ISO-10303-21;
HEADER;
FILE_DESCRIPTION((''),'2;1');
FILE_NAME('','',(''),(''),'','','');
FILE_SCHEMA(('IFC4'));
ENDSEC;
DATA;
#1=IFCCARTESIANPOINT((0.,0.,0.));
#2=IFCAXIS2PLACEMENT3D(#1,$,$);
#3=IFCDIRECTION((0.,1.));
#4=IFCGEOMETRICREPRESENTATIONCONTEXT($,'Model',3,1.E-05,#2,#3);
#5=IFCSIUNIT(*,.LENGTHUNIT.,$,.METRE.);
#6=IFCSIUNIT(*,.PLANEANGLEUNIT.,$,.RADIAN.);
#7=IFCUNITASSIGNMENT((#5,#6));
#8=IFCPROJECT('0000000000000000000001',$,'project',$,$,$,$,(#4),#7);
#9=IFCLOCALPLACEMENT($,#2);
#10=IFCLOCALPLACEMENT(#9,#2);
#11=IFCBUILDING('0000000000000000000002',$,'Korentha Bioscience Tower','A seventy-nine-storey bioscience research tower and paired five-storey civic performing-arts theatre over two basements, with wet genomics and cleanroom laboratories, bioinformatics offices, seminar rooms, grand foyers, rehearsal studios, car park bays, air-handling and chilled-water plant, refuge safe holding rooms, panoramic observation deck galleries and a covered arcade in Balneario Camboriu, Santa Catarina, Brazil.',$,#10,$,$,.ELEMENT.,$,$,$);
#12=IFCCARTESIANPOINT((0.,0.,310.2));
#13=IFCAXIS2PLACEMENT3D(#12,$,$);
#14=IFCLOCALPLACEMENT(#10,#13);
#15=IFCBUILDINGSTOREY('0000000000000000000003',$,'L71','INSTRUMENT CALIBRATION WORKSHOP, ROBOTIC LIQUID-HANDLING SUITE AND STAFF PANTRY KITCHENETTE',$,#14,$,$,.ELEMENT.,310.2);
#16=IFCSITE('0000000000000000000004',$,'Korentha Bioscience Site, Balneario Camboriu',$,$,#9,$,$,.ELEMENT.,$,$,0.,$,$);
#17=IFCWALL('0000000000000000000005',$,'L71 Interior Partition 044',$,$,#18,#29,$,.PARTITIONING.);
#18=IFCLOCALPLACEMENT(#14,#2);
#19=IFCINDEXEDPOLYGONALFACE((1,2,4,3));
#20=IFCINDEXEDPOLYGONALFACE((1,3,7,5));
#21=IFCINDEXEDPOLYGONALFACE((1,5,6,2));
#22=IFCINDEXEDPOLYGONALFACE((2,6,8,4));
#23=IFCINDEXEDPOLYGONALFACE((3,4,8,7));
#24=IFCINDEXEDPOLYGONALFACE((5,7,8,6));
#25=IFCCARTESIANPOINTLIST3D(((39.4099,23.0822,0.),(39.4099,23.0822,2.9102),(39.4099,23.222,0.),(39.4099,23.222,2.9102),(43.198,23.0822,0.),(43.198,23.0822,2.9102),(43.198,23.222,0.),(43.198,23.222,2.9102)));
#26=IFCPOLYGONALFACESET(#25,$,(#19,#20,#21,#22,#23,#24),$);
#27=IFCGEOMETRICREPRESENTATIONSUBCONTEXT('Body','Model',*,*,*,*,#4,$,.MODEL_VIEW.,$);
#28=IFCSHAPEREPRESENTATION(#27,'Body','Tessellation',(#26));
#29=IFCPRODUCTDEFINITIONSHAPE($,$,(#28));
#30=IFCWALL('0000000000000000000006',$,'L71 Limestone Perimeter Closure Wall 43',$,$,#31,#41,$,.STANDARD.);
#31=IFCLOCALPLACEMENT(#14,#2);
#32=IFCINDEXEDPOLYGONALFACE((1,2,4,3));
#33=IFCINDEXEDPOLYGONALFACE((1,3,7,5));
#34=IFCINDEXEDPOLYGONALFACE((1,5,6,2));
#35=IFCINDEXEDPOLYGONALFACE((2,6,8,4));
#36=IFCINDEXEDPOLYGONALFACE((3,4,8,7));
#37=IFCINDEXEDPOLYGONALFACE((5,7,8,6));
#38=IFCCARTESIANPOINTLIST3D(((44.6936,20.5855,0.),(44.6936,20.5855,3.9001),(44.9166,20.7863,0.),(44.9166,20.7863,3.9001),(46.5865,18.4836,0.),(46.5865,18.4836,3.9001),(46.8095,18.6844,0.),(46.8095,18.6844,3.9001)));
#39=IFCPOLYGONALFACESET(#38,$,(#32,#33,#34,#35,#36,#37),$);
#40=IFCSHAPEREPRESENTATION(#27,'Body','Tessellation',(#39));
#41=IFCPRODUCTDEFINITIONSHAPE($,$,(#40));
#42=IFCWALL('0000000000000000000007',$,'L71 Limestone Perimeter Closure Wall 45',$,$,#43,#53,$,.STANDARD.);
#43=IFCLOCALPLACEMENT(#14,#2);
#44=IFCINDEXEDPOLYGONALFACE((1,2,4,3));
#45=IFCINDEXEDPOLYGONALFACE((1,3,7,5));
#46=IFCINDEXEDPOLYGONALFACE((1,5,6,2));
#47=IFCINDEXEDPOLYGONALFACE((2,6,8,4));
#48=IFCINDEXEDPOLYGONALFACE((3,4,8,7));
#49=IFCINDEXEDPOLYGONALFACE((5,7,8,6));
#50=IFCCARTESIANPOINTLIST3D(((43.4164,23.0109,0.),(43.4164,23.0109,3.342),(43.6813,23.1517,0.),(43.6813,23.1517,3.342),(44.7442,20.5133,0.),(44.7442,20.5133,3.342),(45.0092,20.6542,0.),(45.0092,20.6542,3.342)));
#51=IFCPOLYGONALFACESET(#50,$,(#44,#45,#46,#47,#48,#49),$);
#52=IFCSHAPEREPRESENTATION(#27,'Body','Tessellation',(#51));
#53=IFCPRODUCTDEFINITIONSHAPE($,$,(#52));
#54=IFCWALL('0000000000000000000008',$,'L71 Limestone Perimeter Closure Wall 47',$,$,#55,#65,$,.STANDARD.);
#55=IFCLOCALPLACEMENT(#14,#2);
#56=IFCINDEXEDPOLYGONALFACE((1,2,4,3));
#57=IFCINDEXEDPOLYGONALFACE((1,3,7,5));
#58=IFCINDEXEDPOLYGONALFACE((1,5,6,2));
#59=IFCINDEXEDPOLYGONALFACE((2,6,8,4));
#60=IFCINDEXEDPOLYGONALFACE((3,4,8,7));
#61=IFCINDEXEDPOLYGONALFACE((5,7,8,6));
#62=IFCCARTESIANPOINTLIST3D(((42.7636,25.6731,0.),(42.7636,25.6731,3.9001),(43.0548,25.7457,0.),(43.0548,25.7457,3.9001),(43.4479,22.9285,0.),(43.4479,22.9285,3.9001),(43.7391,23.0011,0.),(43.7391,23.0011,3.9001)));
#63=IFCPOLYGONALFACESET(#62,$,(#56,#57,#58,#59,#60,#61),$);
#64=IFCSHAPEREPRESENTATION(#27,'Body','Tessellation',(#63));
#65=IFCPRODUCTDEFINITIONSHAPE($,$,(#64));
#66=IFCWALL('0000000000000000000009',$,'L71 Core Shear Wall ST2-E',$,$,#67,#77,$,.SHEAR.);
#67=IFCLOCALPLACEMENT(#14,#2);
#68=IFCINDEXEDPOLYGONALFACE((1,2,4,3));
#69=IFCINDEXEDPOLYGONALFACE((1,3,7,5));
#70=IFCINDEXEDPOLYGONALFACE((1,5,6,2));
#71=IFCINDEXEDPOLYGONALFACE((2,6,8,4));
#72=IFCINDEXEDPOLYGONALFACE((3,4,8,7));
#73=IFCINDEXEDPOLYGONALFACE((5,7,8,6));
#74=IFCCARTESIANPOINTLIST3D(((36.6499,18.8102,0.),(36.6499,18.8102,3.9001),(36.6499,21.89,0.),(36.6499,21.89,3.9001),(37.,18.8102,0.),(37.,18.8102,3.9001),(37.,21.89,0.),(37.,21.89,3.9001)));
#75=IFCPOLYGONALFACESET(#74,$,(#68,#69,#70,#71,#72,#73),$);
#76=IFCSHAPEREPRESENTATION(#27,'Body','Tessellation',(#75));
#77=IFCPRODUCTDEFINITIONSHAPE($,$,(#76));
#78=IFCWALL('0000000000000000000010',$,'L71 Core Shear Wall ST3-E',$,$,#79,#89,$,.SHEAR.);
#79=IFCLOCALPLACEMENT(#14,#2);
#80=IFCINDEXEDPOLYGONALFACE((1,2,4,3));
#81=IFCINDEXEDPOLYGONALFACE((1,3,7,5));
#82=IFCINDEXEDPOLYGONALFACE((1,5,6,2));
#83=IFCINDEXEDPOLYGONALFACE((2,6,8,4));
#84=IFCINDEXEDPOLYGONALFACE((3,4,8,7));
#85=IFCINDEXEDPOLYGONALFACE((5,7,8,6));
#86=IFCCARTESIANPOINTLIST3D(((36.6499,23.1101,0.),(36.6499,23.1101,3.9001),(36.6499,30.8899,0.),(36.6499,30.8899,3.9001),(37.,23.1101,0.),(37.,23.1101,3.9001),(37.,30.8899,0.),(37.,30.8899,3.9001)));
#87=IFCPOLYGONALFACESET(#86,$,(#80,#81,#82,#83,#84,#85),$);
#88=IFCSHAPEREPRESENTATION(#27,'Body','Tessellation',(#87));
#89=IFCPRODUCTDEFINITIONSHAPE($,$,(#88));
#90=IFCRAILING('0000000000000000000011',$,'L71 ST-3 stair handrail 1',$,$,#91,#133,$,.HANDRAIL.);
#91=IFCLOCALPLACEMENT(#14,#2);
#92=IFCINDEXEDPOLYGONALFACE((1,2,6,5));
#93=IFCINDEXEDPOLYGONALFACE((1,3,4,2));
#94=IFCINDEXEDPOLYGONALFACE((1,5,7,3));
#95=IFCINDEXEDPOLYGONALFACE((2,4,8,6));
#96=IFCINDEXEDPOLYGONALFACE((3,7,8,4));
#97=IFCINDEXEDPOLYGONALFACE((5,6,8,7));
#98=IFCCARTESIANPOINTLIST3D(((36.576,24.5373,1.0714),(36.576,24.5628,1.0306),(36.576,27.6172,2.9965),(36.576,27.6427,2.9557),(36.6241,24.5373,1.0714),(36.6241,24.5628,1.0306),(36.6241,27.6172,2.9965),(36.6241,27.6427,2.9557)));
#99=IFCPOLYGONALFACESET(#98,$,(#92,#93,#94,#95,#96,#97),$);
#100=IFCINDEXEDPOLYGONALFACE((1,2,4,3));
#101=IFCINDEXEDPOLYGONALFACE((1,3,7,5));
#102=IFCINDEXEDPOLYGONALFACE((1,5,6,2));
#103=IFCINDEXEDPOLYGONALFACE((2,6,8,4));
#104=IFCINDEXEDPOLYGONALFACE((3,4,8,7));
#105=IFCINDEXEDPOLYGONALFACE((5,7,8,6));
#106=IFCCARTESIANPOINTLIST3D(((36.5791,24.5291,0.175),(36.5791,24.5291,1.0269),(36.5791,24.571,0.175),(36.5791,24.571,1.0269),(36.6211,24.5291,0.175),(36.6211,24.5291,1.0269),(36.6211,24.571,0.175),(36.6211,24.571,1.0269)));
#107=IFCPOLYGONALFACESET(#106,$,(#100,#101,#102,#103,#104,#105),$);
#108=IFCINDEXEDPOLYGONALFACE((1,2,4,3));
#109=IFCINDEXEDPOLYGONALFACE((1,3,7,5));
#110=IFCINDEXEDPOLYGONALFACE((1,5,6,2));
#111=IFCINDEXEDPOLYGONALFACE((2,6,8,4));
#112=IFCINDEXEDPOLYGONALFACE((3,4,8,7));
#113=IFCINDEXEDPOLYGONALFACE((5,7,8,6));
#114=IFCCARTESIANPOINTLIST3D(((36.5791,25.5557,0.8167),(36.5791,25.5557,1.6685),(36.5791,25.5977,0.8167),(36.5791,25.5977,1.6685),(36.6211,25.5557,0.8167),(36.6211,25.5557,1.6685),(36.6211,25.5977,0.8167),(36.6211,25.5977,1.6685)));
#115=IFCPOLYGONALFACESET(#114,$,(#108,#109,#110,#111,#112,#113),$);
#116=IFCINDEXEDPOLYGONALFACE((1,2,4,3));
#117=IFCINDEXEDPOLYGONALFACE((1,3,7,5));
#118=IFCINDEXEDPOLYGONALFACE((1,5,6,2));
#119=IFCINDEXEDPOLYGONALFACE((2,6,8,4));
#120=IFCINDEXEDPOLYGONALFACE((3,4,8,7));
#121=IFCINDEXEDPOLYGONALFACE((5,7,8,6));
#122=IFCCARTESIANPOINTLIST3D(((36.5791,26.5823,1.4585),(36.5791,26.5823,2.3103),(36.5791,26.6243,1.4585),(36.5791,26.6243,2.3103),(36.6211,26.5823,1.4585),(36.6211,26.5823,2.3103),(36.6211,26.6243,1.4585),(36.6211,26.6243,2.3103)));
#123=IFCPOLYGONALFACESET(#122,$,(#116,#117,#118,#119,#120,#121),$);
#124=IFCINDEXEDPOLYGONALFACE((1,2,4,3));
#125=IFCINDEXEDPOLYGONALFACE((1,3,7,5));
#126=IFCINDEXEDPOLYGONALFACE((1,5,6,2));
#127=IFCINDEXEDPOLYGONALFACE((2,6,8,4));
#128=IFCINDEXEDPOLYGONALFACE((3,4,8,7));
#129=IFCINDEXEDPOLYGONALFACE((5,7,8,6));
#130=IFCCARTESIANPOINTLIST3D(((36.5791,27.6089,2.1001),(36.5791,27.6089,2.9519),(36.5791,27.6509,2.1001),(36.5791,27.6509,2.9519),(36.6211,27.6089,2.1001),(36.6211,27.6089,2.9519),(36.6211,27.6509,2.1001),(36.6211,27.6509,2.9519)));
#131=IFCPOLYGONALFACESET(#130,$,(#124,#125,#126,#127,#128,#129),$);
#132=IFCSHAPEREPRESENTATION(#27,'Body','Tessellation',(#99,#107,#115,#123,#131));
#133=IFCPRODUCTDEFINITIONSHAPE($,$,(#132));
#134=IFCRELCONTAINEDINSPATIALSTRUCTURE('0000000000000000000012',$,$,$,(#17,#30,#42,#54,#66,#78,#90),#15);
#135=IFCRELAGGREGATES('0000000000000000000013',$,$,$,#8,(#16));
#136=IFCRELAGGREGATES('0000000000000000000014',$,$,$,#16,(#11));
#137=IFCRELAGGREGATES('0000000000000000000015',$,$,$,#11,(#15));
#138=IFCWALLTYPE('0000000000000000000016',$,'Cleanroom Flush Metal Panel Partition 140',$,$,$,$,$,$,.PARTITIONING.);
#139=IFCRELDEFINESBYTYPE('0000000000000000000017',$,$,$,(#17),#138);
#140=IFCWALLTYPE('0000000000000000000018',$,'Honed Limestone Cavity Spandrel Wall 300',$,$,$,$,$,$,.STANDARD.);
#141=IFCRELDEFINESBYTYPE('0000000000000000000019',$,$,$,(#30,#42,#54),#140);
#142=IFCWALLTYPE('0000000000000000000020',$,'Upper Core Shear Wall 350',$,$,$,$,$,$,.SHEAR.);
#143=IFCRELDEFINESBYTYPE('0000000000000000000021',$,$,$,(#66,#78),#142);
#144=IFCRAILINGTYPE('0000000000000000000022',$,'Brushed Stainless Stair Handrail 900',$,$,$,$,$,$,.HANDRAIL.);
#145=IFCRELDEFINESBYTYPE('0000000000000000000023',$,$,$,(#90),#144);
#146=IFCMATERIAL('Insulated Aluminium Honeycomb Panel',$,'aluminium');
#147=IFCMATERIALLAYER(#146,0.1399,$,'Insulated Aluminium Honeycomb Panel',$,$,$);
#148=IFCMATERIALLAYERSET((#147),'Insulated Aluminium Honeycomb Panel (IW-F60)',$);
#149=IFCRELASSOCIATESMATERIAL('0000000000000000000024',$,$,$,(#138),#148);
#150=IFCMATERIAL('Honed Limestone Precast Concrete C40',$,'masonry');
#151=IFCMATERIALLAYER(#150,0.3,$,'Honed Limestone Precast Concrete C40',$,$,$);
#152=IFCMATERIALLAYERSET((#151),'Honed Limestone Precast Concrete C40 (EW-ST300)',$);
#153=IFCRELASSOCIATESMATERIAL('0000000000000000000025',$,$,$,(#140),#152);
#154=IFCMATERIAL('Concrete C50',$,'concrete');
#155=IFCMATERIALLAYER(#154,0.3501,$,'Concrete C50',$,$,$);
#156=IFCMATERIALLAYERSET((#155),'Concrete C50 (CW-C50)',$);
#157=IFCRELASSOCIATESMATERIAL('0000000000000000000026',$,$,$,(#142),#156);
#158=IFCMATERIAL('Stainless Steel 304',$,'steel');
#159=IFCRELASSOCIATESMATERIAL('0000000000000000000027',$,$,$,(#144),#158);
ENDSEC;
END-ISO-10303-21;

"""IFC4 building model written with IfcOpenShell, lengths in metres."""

from ifc_helpers import new_model, si_unit, direction, frame, frame_2d, origin, origin_2d, place, context, subcontext, project, spatial, rectangle, extrude, material, layer, layer_set, type_object, element, save


model = new_model("IFC4")

# Units and contexts
model_context = context("Model", 3, precision=1e-05, world=origin(), true_north=direction((0.0, 1.0)))
body_context = subcontext(model_context, "Body", "Model", "MODEL_VIEW")
ifc_project = project(units=[si_unit("LENGTHUNIT", "METRE"), si_unit("PLANEANGLEUNIT", "RADIAN")], contexts=[model_context])

# Site, building, storey
site_placement = place(None, origin())
site = spatial("IfcSite", under=ifc_project, at=site_placement, Name="Korentha Bioscience Site, Balneario Camboriu", CompositionType="ELEMENT", RefElevation=0.0)
building_placement = place(site_placement, origin())
building = spatial("IfcBuilding", under=site, at=building_placement, Name="Korentha Bioscience Tower", Description="A seventy-nine-storey bioscience research tower and paired five-storey civic performing-arts theatre over two basements, with wet genomics and cleanroom laboratories, bioinformatics offices, seminar rooms, grand foyers, rehearsal studios, car park bays, air-handling and chilled-water plant, refuge safe holding rooms, panoramic observation deck galleries and a covered arcade in Balneario Camboriu, Santa Catarina, Brazil.", CompositionType="ELEMENT")
storey_placement = place(building_placement, frame((0.0, 0.0, 310.2)))
storey = spatial("IfcBuildingStorey", under=building, at=storey_placement, Name="L71", Description="INSTRUMENT CALIBRATION WORKSHOP, ROBOTIC LIQUID-HANDLING SUITE AND STAFF PANTRY KITCHENETTE", CompositionType="ELEMENT", Elevation=310.2)

# Shared definitions
ifc_material_1 = material(Name="Concrete C50", Category="concrete")

# Shared definitions
ifc_material_2 = material(Name="Insulated Aluminium Honeycomb Panel", Category="aluminium")
ifc_layer_1 = layer(ifc_material_2, 0.1399, Name="Insulated Aluminium Honeycomb Panel")
ifc_layer_set_1 = layer_set([ifc_layer_1], Name="Insulated Aluminium Honeycomb Panel (IW-F60)")
wall_type_1 = type_object("IfcWallType", Name="Cleanroom Flush Metal Panel Partition 140", PredefinedType="PARTITIONING", material=ifc_layer_set_1)

# Walls
wall_1_placement = place(storey_placement, frame((43.198, 23.1521, 0.0), z_axis=(0.0, 0.0, 1.0), x_axis=(-1.0, 0.0, 0.0)))
element("IfcWall", 1, at=wall_1_placement, inside=storey, type_object=wall_type_1, Name="L71 Interior Partition 044", PredefinedType="PARTITIONING", context=body_context, shape_type="SweptSolid", body=[
    extrude(rectangle(XDim=3.7881, YDim=0.1399, at=frame_2d((1.894, 0.0))), origin(), (0.0, 0.0, 1.0), 2.9102),
])
ifc_material_3 = material(Name="Honed Limestone Precast Concrete C40", Category="masonry")
ifc_layer_2 = layer(ifc_material_3, 0.3, Name="Honed Limestone Precast Concrete C40")
ifc_layer_set_2 = layer_set([ifc_layer_2], Name="Honed Limestone Precast Concrete C40 (EW-ST300)")
wall_type_2 = type_object("IfcWallType", Name="Honed Limestone Cavity Spandrel Wall 300", PredefinedType="STANDARD", material=ifc_layer_set_2)
wall_2_placement = place(storey_placement, frame((46.698, 18.584, 0.0), z_axis=(0.0, 0.0, 1.0), x_axis=(-0.669198, 0.743084, 0.0)))
element("IfcWall", 2, at=wall_2_placement, inside=storey, type_object=wall_type_2, Name="L71 Limestone Perimeter Closure Wall 43", PredefinedType="STANDARD", context=body_context, shape_type="SweptSolid", body=[
    extrude(rectangle(XDim=2.8286, YDim=0.3, at=frame_2d((1.4143, 0.0))), origin(), (0.0, 0.0, 1.0), 3.9001),
])
wall_3_placement = place(storey_placement, frame((44.8767, 20.5837, 0.0), z_axis=(0.0, 0.0, 1.0), x_axis=(-0.469445, 0.882961, 0.0)))
element("IfcWall", 3, at=wall_3_placement, inside=storey, type_object=wall_type_2, Name="L71 Limestone Perimeter Closure Wall 45", PredefinedType="STANDARD", context=body_context, shape_type="SweptSolid", body=[
    extrude(rectangle(XDim=2.8286, YDim=0.3, at=frame_2d((1.4143, 0.0))), origin(), (0.0, 0.0, 1.0), 3.342),
])
wall_4_placement = place(storey_placement, frame((43.5935, 22.9648, 0.0), z_axis=(0.0, 0.0, 1.0), x_axis=(-0.241926, 0.970295, 0.0)))
element("IfcWall", 4, at=wall_4_placement, inside=storey, type_object=wall_type_2, Name="L71 Limestone Perimeter Closure Wall 47", PredefinedType="STANDARD", context=body_context, shape_type="SweptSolid", body=[
    extrude(rectangle(XDim=2.8286, YDim=0.3, at=frame_2d((1.4143, 0.0))), origin(), (0.0, 0.0, 1.0), 3.9001),
])
ifc_layer_3 = layer(ifc_material_1, 0.3501, Name="Concrete C50")
ifc_layer_set_3 = layer_set([ifc_layer_3], Name="Concrete C50 (CW-C50)")
wall_type_3 = type_object("IfcWallType", Name="Upper Core Shear Wall 350", PredefinedType="SHEAR", material=ifc_layer_set_3)
wall_5_placement = place(storey_placement, frame((36.825, 18.8101, 0.0), z_axis=(0.0, 0.0, 1.0), x_axis=(0.0, 1.0, 0.0)))
element("IfcWall", 5, at=wall_5_placement, inside=storey, type_object=wall_type_3, Name="L71 Core Shear Wall ST2-E", PredefinedType="SHEAR", context=body_context, shape_type="SweptSolid", body=[
    extrude(rectangle(XDim=3.0798, YDim=0.3501, at=frame_2d((1.54, 0.0))), origin(), (0.0, 0.0, 1.0), 3.9001),
])
wall_6_placement = place(storey_placement, frame((36.825, 23.1101, 0.0), z_axis=(0.0, 0.0, 1.0), x_axis=(0.0, 1.0, 0.0)))
element("IfcWall", 6, at=wall_6_placement, inside=storey, type_object=wall_type_3, Name="L71 Core Shear Wall ST3-E", PredefinedType="SHEAR", context=body_context, shape_type="SweptSolid", body=[
    extrude(rectangle(XDim=7.7798, YDim=0.3501, at=frame_2d((3.8899, 0.0))), origin(), (0.0, 0.0, 1.0), 3.9001),
])

# Railing
ifc_material_4 = material(Name="Stainless Steel 304", Category="steel")
railing_type = type_object("IfcRailingType", Name="Brushed Stainless Stair Handrail 900", PredefinedType="HANDRAIL", material=ifc_material_4)
railing_placement = place(storey_placement, frame((36.6001, 24.55, 0.175)))
element("IfcRailing", 7, at=railing_placement, inside=storey, type_object=railing_type, Name="L71 ST-3 stair handrail 1", PredefinedType="HANDRAIL", context=body_context, shape_type="SweptSolid", body=[
    extrude(rectangle(XDim=0.0481, YDim=0.0481, at=origin_2d()), frame((0.0, 0.0, 0.876), z_axis=(0.0, 0.847979, 0.530029), x_axis=(-1.0, 0.0, 0.0)), (0.0, 0.0, 1.0), 3.6321),
    extrude(rectangle(XDim=0.042, YDim=0.042, at=origin_2d()), origin(), (0.0, 0.0, 1.0), 0.8518),
    extrude(rectangle(XDim=0.042, YDim=0.042, at=origin_2d()), frame((0.0, 1.0266, 0.6416)), (0.0, 0.0, 1.0), 0.8518),
    extrude(rectangle(XDim=0.042, YDim=0.042, at=origin_2d()), frame((0.0, 2.0532, 1.2834)), (0.0, 0.0, 1.0), 0.8518),
    extrude(rectangle(XDim=0.042, YDim=0.042, at=origin_2d()), frame((0.0, 3.0798, 1.925)), (0.0, 0.0, 1.0), 0.8518),
])

save(model, "model.ifc")
